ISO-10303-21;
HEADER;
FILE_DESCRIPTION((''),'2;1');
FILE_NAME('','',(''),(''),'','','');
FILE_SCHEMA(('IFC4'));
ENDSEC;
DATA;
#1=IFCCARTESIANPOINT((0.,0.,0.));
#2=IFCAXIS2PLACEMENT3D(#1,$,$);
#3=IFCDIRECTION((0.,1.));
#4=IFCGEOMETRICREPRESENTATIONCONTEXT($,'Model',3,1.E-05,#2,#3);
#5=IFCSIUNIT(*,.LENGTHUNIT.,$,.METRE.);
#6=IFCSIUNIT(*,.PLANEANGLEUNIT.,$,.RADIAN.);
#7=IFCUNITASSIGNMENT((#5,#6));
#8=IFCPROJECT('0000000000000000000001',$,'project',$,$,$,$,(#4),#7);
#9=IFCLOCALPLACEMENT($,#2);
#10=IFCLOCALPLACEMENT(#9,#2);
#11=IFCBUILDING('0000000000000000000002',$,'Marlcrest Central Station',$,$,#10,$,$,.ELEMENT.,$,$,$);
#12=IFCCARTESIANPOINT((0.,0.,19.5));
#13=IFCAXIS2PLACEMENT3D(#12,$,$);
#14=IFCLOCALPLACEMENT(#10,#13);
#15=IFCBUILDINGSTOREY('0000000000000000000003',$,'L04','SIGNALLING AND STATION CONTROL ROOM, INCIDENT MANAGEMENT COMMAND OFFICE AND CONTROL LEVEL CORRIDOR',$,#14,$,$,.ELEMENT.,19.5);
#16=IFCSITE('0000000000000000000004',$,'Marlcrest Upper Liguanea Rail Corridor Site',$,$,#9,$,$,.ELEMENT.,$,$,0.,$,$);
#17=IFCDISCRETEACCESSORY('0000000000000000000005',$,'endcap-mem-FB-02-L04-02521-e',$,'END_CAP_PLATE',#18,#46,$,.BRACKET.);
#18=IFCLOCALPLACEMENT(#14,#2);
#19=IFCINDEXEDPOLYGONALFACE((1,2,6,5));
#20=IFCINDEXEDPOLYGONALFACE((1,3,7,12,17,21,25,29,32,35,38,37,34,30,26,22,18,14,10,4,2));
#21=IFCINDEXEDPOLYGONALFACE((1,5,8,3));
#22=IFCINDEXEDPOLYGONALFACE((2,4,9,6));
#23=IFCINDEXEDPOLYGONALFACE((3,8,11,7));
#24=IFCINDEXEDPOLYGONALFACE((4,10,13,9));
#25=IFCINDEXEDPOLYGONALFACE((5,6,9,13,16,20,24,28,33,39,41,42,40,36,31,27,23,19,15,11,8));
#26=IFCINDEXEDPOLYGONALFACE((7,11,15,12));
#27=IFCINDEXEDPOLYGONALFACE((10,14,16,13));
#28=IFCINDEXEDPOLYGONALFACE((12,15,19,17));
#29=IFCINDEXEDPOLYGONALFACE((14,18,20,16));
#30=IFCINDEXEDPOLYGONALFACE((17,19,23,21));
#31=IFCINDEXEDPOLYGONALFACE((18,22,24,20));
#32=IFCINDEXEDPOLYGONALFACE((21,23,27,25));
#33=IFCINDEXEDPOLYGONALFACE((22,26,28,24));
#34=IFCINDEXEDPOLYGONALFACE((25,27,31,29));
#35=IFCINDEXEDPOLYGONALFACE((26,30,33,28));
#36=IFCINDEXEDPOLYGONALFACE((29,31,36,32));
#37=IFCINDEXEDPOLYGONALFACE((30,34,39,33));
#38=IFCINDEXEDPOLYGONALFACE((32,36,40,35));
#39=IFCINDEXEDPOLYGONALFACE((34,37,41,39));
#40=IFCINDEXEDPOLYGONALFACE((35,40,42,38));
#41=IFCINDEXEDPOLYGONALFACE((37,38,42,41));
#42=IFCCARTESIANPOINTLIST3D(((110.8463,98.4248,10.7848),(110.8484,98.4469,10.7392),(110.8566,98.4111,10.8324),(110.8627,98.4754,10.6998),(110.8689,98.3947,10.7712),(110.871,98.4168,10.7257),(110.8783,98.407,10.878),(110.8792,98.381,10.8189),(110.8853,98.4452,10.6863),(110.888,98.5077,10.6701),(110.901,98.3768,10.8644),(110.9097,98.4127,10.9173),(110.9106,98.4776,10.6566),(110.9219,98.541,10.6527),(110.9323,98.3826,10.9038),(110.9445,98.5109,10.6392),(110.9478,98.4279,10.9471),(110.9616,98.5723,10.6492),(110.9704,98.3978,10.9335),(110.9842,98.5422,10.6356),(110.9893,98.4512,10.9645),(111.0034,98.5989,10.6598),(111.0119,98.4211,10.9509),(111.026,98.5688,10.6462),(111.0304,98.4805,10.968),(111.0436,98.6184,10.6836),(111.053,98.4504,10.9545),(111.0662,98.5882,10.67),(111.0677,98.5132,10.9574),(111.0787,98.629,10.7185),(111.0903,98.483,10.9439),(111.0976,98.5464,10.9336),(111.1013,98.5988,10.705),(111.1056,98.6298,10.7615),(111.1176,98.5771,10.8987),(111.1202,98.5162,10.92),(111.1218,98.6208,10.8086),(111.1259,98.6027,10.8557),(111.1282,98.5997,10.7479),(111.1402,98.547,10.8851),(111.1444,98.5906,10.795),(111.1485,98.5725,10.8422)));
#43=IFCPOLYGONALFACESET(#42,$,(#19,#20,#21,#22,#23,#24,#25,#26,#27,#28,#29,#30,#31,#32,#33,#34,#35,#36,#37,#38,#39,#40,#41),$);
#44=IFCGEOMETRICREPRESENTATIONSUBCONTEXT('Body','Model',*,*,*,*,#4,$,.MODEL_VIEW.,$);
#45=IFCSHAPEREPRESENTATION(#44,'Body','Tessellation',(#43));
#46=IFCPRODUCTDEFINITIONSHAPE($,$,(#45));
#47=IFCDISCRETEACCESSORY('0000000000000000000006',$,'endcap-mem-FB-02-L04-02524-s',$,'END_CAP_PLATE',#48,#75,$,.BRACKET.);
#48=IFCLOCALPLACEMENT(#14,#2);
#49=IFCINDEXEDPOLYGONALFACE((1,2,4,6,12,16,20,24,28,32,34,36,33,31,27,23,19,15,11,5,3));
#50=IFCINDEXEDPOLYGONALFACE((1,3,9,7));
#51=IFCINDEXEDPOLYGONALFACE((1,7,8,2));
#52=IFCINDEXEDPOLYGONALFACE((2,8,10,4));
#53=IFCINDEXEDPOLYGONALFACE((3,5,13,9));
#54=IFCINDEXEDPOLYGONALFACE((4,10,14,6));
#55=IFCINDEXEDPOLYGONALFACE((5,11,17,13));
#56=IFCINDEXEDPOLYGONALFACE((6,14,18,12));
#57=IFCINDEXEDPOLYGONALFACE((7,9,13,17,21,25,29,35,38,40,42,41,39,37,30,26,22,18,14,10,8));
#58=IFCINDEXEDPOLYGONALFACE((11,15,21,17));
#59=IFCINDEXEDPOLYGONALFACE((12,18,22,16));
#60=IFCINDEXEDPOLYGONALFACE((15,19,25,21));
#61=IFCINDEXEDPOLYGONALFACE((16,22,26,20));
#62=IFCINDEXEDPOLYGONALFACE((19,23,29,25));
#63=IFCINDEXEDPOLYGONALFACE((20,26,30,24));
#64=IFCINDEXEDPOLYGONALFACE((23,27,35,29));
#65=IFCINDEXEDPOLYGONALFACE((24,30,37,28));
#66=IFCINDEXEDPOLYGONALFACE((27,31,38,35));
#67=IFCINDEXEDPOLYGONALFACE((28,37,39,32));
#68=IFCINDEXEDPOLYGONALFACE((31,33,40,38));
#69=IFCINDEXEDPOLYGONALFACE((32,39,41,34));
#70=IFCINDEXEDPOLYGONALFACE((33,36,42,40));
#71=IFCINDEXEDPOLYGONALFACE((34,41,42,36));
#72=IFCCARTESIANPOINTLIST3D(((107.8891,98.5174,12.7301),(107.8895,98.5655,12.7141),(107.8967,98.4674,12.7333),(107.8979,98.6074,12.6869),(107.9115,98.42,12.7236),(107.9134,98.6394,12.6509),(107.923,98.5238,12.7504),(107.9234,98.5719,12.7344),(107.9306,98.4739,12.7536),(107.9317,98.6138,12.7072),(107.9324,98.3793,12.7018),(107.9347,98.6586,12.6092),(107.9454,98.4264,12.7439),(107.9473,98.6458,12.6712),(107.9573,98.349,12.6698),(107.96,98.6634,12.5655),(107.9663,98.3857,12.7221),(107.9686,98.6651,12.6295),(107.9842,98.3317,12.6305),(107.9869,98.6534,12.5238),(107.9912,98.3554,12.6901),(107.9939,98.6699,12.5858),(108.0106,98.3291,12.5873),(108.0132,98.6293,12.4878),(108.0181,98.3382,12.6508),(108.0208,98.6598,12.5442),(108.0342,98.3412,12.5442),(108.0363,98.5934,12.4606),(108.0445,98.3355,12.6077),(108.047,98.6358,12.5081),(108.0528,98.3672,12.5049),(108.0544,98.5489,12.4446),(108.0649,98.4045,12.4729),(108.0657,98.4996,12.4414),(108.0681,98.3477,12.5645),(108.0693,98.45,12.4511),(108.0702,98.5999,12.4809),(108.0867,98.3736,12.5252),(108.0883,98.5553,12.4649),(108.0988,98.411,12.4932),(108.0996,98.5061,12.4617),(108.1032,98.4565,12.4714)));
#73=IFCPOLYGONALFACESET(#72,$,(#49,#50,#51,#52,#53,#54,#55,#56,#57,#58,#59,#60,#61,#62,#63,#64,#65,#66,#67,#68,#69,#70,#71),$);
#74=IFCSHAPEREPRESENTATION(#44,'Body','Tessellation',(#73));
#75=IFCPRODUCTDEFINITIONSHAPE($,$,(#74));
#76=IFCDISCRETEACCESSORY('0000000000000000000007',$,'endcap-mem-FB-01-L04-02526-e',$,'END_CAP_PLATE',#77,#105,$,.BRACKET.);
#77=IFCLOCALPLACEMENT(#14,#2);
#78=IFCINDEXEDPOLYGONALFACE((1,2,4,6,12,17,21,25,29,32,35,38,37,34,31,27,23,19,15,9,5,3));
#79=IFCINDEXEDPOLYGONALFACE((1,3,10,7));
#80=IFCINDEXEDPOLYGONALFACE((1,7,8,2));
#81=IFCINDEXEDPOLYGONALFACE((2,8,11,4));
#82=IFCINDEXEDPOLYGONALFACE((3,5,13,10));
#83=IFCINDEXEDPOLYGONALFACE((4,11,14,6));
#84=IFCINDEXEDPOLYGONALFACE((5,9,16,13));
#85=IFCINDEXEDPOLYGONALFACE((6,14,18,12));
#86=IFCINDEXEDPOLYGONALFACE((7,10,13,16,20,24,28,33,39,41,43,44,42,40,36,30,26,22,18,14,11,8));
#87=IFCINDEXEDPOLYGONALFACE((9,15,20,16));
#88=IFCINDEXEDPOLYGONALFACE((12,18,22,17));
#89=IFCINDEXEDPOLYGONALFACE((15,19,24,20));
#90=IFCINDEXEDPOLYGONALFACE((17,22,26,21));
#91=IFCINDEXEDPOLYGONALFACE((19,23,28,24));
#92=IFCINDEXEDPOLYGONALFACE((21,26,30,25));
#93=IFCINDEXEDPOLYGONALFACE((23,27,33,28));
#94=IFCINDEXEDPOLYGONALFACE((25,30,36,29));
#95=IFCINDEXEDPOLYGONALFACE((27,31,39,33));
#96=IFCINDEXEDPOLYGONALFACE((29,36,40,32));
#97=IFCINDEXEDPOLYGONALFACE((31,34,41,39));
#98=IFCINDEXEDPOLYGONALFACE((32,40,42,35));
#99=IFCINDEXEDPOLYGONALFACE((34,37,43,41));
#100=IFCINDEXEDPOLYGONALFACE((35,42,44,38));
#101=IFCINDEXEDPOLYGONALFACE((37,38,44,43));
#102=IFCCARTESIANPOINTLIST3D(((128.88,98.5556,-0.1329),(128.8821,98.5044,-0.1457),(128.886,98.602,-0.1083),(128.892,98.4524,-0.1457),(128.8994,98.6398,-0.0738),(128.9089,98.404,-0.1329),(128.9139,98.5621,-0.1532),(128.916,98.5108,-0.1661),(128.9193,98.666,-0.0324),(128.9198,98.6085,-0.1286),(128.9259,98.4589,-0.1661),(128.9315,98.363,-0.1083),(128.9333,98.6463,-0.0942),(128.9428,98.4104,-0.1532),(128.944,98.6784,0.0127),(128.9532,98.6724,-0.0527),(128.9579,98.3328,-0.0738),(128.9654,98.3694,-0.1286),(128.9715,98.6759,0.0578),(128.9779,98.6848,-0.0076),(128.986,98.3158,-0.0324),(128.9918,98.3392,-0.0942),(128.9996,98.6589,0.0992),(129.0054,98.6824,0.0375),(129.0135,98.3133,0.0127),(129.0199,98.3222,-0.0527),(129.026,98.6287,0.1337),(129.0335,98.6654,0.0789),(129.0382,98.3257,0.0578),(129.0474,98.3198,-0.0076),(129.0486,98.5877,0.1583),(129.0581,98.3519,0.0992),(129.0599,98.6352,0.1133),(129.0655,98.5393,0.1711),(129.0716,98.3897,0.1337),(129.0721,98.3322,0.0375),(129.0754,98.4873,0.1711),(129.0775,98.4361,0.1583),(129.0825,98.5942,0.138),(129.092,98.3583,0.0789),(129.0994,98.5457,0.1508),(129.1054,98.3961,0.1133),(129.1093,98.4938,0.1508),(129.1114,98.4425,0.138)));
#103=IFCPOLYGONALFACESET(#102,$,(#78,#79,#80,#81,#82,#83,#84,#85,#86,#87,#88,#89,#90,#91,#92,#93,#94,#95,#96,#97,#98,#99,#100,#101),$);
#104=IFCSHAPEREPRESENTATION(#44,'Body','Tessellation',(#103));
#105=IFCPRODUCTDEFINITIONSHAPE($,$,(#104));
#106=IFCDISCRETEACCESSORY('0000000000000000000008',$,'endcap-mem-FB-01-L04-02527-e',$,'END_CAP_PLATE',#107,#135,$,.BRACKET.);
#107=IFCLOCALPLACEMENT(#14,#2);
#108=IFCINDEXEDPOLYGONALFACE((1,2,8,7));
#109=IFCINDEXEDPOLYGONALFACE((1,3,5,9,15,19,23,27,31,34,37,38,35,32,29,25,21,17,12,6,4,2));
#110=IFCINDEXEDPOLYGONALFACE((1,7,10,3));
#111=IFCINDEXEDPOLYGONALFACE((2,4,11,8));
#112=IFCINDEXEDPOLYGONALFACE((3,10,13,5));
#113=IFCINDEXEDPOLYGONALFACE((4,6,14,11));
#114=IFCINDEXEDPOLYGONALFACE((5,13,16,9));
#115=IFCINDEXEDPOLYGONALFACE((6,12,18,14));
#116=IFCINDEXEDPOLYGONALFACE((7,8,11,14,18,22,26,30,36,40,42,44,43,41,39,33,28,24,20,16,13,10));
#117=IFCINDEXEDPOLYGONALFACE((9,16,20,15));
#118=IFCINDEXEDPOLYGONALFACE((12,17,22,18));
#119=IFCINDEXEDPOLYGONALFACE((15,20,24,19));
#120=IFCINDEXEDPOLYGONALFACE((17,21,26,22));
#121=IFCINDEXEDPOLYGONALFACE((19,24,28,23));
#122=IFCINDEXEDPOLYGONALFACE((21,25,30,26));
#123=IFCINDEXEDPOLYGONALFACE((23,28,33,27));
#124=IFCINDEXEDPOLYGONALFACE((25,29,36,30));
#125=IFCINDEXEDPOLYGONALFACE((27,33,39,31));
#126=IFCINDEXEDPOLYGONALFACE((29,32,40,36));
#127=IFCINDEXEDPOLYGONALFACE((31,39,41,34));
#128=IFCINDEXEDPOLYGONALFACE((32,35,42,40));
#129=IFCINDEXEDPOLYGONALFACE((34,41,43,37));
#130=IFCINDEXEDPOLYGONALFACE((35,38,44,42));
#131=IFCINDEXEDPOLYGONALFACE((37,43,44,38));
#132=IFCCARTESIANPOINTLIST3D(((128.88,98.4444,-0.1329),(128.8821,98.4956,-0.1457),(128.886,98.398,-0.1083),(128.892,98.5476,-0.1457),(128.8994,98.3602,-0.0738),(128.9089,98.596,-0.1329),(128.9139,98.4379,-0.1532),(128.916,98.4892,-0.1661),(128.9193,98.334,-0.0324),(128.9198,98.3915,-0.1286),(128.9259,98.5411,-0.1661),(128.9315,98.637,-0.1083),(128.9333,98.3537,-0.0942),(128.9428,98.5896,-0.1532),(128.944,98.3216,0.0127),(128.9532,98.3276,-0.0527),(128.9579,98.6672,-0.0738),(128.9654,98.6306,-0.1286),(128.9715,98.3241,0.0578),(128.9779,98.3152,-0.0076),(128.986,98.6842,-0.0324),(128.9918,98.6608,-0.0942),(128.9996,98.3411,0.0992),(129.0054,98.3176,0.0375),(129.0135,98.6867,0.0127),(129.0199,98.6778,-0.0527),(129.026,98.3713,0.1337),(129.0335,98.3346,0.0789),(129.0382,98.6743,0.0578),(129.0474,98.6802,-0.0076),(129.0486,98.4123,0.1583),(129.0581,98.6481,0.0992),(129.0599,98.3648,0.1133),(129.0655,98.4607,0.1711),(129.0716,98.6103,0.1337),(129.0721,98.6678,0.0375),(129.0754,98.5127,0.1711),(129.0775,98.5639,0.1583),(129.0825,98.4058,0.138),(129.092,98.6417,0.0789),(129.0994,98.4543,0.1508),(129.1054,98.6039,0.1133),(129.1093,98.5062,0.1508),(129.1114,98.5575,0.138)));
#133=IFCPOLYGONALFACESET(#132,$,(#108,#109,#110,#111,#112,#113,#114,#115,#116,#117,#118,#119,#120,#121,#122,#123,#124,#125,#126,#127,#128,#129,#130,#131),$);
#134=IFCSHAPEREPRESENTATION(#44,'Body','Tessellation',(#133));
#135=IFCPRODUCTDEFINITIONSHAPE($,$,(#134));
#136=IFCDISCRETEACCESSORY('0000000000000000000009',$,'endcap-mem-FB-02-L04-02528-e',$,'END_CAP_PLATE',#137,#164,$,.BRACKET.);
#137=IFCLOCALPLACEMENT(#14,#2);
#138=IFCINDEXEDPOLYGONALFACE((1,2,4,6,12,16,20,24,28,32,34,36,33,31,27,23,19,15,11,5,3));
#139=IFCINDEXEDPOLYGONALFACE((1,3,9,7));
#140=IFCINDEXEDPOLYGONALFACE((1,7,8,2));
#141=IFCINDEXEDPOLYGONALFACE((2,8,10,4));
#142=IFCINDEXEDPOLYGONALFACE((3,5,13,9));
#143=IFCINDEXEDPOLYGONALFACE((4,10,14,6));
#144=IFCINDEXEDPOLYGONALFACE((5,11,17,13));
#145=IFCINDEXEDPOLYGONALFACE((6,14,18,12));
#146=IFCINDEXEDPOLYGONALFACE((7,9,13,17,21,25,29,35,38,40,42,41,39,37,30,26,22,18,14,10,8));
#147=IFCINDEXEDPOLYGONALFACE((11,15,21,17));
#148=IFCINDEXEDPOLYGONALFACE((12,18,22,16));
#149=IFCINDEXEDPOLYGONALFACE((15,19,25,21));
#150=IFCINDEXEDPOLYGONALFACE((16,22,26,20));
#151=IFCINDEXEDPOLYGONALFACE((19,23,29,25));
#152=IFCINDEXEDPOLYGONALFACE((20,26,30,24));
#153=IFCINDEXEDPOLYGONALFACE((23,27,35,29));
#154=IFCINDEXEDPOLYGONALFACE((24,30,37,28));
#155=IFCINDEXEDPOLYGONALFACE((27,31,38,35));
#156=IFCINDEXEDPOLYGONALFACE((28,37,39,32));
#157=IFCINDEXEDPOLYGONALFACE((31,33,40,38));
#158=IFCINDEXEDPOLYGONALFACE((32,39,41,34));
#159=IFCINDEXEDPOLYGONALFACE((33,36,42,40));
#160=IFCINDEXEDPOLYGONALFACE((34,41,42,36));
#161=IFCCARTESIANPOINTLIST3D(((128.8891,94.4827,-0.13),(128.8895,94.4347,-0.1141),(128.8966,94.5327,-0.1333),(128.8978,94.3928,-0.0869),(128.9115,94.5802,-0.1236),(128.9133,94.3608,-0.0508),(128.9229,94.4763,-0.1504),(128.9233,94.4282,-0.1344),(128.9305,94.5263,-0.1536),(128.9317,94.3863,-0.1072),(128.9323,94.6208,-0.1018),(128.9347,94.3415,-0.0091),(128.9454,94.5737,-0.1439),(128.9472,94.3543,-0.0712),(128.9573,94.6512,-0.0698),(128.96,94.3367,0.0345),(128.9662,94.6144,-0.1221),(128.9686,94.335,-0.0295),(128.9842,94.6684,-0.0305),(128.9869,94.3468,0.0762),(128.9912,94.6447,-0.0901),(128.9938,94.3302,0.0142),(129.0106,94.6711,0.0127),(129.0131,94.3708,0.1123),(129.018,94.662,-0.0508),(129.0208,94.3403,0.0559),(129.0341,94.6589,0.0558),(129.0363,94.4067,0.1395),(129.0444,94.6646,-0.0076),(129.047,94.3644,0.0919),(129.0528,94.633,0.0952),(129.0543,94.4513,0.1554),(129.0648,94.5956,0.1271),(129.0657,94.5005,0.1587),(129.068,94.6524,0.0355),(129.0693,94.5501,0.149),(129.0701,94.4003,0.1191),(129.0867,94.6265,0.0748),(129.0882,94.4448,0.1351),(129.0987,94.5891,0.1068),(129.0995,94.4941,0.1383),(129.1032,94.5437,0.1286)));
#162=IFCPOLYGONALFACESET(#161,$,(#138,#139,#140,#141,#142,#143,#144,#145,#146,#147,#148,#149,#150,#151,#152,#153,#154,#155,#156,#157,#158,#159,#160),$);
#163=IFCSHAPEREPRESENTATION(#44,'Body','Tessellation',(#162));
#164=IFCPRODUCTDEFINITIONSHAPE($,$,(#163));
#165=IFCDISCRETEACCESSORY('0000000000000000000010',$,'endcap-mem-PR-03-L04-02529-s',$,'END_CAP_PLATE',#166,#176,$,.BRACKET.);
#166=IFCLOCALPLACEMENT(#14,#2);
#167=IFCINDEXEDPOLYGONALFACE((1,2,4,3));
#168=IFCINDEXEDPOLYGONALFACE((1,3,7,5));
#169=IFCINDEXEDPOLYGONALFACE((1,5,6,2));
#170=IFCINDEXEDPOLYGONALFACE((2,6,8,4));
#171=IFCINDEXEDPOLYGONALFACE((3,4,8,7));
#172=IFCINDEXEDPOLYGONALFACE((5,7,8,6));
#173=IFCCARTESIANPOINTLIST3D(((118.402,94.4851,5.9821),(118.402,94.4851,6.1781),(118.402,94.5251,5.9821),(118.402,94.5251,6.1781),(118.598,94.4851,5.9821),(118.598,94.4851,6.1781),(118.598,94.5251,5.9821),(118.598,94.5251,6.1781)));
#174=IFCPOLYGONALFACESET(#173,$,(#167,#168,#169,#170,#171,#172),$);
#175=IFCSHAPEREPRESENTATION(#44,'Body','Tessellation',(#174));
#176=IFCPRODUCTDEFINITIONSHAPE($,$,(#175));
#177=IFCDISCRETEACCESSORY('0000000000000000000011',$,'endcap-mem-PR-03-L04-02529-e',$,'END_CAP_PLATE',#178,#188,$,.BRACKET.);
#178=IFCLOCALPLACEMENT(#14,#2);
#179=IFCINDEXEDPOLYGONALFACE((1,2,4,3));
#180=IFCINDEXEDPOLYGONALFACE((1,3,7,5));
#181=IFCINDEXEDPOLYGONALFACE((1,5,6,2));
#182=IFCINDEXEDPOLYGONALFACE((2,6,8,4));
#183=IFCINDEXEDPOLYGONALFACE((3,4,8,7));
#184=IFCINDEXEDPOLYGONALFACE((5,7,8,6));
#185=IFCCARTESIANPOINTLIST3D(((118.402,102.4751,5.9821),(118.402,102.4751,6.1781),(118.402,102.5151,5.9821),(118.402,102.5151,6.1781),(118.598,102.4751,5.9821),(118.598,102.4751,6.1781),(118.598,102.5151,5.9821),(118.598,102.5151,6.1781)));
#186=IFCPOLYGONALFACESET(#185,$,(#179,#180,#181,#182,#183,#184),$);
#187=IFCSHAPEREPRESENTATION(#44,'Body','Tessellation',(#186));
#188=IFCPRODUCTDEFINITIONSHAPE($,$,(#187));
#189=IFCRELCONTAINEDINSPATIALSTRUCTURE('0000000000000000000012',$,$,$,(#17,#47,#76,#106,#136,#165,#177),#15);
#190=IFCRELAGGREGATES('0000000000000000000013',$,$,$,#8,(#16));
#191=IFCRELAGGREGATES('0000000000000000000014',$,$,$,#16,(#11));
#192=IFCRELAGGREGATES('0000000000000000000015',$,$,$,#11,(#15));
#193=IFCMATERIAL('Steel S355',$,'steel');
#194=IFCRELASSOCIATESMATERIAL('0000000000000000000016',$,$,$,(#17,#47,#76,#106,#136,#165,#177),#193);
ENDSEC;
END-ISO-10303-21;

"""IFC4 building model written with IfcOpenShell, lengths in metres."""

from ifc_helpers import new_model, si_unit, direction, frame, origin, origin_2d, place, context, subcontext, project, spatial, rectangle, circle, extrude, material, element, save


model = new_model("IFC4")

# Units and contexts
model_context = context("Model", 3, precision=1e-05, world=origin(), true_north=direction((0.0, 1.0)))
body_context = subcontext(model_context, "Body", "Model", "MODEL_VIEW")
ifc_project = project(units=[si_unit("LENGTHUNIT", "METRE"), si_unit("PLANEANGLEUNIT", "RADIAN")], contexts=[model_context])

# Site, building, storey
site_placement = place(None, origin())
site = spatial("IfcSite", under=ifc_project, at=site_placement, Name="Marlcrest Upper Liguanea Rail Corridor Site", CompositionType="ELEMENT", RefElevation=0.0)
building_placement = place(site_placement, origin())
building = spatial("IfcBuilding", under=site, at=building_placement, Name="Marlcrest Central Station", CompositionType="ELEMENT")
storey_placement = place(building_placement, frame((0.0, 0.0, 19.5)))
storey = spatial("IfcBuildingStorey", under=building, at=storey_placement, Name="L04", Description="SIGNALLING AND STATION CONTROL ROOM, INCIDENT MANAGEMENT COMMAND OFFICE AND CONTROL LEVEL CORRIDOR", CompositionType="ELEMENT", Elevation=19.5)

# Shared definitions
ifc_material_1 = material(Name="Steel S355", Category="steel")

# Discrete accessories
for number, where, z_axis, x_axis, name in (
    (1, (110.9858, 98.5188, 10.8086), (0.564531, -0.752708, -0.338728), (0.8, 0.6, 0.0), "endcap-mem-FB-02-L04-02521-e"),
    (2, (108.0127, 98.5024, 12.6077), (-0.846277, -0.161196, -0.50777), (0.187112, -0.982339, 0.0), "endcap-mem-FB-02-L04-02524-s"),
):
    element("IfcDiscreteAccessory", number, at=place(storey_placement, frame(where, z_axis=z_axis, x_axis=x_axis)), inside=storey, material=ifc_material_1, Name=name, ObjectType="END_CAP_PLATE", PredefinedType="BRACKET", context=body_context, shape_type="SweptSolid", body=[
        extrude(circle(Radius=0.1699, at=origin_2d()), origin(), (0.0, 0.0, 1.0), 0.04),
    ])
for number, where, z_axis, x_axis, name in (
    (3, (128.9788, 98.4958, 0.0127), (0.846277, 0.161196, -0.50777), (-0.187112, 0.982339, 0.0), "endcap-mem-FB-01-L04-02526-e"),
    (4, (128.9788, 98.5042, 0.0127), (0.846277, -0.161196, -0.50777), (0.187112, 0.982339, 0.0), "endcap-mem-FB-01-L04-02527-e"),
):
    element("IfcDiscreteAccessory", number, at=place(storey_placement, frame(where, z_axis=z_axis, x_axis=x_axis)), inside=storey, material=ifc_material_1, Name=name, ObjectType="END_CAP_PLATE", PredefinedType="BRACKET", context=body_context, shape_type="SweptSolid", body=[
        extrude(circle(Radius=0.1858, at=origin_2d()), origin(), (0.0, 0.0, 1.0), 0.04),
    ])
discrete_accessory_1_placement = place(storey_placement, frame((128.9788, 94.5042, 0.0127), z_axis=(0.846277, -0.161196, -0.50777), x_axis=(0.187112, 0.982339, 0.0)))
element("IfcDiscreteAccessory", 5, at=discrete_accessory_1_placement, inside=storey, material=ifc_material_1, Name="endcap-mem-FB-02-L04-02528-e", ObjectType="END_CAP_PLATE", PredefinedType="BRACKET", context=body_context, shape_type="SweptSolid", body=[
    extrude(circle(Radius=0.1699, at=origin_2d()), origin(), (0.0, 0.0, 1.0), 0.04),
])
for number, where, z_axis, x_axis, name in (
    (6, (118.5, 94.4851, 6.0801), (0.0, 1.0, 0.0), (-1.0, 0.0, 0.0), "endcap-mem-PR-03-L04-02529-s"),
    (7, (118.5, 102.4751, 6.0801), (0.0, 1.0, 0.0), (-1.0, 0.0, 0.0), "endcap-mem-PR-03-L04-02529-e"),
):
    element("IfcDiscreteAccessory", number, at=place(storey_placement, frame(where, z_axis=z_axis, x_axis=x_axis)), inside=storey, material=ifc_material_1, Name=name, ObjectType="END_CAP_PLATE", PredefinedType="BRACKET", context=body_context, shape_type="SweptSolid", body=[
        extrude(rectangle(XDim=0.196, YDim=0.196, at=origin_2d()), origin(), (0.0, 0.0, 1.0), 0.04),
    ])

save(model, "model.ifc")
